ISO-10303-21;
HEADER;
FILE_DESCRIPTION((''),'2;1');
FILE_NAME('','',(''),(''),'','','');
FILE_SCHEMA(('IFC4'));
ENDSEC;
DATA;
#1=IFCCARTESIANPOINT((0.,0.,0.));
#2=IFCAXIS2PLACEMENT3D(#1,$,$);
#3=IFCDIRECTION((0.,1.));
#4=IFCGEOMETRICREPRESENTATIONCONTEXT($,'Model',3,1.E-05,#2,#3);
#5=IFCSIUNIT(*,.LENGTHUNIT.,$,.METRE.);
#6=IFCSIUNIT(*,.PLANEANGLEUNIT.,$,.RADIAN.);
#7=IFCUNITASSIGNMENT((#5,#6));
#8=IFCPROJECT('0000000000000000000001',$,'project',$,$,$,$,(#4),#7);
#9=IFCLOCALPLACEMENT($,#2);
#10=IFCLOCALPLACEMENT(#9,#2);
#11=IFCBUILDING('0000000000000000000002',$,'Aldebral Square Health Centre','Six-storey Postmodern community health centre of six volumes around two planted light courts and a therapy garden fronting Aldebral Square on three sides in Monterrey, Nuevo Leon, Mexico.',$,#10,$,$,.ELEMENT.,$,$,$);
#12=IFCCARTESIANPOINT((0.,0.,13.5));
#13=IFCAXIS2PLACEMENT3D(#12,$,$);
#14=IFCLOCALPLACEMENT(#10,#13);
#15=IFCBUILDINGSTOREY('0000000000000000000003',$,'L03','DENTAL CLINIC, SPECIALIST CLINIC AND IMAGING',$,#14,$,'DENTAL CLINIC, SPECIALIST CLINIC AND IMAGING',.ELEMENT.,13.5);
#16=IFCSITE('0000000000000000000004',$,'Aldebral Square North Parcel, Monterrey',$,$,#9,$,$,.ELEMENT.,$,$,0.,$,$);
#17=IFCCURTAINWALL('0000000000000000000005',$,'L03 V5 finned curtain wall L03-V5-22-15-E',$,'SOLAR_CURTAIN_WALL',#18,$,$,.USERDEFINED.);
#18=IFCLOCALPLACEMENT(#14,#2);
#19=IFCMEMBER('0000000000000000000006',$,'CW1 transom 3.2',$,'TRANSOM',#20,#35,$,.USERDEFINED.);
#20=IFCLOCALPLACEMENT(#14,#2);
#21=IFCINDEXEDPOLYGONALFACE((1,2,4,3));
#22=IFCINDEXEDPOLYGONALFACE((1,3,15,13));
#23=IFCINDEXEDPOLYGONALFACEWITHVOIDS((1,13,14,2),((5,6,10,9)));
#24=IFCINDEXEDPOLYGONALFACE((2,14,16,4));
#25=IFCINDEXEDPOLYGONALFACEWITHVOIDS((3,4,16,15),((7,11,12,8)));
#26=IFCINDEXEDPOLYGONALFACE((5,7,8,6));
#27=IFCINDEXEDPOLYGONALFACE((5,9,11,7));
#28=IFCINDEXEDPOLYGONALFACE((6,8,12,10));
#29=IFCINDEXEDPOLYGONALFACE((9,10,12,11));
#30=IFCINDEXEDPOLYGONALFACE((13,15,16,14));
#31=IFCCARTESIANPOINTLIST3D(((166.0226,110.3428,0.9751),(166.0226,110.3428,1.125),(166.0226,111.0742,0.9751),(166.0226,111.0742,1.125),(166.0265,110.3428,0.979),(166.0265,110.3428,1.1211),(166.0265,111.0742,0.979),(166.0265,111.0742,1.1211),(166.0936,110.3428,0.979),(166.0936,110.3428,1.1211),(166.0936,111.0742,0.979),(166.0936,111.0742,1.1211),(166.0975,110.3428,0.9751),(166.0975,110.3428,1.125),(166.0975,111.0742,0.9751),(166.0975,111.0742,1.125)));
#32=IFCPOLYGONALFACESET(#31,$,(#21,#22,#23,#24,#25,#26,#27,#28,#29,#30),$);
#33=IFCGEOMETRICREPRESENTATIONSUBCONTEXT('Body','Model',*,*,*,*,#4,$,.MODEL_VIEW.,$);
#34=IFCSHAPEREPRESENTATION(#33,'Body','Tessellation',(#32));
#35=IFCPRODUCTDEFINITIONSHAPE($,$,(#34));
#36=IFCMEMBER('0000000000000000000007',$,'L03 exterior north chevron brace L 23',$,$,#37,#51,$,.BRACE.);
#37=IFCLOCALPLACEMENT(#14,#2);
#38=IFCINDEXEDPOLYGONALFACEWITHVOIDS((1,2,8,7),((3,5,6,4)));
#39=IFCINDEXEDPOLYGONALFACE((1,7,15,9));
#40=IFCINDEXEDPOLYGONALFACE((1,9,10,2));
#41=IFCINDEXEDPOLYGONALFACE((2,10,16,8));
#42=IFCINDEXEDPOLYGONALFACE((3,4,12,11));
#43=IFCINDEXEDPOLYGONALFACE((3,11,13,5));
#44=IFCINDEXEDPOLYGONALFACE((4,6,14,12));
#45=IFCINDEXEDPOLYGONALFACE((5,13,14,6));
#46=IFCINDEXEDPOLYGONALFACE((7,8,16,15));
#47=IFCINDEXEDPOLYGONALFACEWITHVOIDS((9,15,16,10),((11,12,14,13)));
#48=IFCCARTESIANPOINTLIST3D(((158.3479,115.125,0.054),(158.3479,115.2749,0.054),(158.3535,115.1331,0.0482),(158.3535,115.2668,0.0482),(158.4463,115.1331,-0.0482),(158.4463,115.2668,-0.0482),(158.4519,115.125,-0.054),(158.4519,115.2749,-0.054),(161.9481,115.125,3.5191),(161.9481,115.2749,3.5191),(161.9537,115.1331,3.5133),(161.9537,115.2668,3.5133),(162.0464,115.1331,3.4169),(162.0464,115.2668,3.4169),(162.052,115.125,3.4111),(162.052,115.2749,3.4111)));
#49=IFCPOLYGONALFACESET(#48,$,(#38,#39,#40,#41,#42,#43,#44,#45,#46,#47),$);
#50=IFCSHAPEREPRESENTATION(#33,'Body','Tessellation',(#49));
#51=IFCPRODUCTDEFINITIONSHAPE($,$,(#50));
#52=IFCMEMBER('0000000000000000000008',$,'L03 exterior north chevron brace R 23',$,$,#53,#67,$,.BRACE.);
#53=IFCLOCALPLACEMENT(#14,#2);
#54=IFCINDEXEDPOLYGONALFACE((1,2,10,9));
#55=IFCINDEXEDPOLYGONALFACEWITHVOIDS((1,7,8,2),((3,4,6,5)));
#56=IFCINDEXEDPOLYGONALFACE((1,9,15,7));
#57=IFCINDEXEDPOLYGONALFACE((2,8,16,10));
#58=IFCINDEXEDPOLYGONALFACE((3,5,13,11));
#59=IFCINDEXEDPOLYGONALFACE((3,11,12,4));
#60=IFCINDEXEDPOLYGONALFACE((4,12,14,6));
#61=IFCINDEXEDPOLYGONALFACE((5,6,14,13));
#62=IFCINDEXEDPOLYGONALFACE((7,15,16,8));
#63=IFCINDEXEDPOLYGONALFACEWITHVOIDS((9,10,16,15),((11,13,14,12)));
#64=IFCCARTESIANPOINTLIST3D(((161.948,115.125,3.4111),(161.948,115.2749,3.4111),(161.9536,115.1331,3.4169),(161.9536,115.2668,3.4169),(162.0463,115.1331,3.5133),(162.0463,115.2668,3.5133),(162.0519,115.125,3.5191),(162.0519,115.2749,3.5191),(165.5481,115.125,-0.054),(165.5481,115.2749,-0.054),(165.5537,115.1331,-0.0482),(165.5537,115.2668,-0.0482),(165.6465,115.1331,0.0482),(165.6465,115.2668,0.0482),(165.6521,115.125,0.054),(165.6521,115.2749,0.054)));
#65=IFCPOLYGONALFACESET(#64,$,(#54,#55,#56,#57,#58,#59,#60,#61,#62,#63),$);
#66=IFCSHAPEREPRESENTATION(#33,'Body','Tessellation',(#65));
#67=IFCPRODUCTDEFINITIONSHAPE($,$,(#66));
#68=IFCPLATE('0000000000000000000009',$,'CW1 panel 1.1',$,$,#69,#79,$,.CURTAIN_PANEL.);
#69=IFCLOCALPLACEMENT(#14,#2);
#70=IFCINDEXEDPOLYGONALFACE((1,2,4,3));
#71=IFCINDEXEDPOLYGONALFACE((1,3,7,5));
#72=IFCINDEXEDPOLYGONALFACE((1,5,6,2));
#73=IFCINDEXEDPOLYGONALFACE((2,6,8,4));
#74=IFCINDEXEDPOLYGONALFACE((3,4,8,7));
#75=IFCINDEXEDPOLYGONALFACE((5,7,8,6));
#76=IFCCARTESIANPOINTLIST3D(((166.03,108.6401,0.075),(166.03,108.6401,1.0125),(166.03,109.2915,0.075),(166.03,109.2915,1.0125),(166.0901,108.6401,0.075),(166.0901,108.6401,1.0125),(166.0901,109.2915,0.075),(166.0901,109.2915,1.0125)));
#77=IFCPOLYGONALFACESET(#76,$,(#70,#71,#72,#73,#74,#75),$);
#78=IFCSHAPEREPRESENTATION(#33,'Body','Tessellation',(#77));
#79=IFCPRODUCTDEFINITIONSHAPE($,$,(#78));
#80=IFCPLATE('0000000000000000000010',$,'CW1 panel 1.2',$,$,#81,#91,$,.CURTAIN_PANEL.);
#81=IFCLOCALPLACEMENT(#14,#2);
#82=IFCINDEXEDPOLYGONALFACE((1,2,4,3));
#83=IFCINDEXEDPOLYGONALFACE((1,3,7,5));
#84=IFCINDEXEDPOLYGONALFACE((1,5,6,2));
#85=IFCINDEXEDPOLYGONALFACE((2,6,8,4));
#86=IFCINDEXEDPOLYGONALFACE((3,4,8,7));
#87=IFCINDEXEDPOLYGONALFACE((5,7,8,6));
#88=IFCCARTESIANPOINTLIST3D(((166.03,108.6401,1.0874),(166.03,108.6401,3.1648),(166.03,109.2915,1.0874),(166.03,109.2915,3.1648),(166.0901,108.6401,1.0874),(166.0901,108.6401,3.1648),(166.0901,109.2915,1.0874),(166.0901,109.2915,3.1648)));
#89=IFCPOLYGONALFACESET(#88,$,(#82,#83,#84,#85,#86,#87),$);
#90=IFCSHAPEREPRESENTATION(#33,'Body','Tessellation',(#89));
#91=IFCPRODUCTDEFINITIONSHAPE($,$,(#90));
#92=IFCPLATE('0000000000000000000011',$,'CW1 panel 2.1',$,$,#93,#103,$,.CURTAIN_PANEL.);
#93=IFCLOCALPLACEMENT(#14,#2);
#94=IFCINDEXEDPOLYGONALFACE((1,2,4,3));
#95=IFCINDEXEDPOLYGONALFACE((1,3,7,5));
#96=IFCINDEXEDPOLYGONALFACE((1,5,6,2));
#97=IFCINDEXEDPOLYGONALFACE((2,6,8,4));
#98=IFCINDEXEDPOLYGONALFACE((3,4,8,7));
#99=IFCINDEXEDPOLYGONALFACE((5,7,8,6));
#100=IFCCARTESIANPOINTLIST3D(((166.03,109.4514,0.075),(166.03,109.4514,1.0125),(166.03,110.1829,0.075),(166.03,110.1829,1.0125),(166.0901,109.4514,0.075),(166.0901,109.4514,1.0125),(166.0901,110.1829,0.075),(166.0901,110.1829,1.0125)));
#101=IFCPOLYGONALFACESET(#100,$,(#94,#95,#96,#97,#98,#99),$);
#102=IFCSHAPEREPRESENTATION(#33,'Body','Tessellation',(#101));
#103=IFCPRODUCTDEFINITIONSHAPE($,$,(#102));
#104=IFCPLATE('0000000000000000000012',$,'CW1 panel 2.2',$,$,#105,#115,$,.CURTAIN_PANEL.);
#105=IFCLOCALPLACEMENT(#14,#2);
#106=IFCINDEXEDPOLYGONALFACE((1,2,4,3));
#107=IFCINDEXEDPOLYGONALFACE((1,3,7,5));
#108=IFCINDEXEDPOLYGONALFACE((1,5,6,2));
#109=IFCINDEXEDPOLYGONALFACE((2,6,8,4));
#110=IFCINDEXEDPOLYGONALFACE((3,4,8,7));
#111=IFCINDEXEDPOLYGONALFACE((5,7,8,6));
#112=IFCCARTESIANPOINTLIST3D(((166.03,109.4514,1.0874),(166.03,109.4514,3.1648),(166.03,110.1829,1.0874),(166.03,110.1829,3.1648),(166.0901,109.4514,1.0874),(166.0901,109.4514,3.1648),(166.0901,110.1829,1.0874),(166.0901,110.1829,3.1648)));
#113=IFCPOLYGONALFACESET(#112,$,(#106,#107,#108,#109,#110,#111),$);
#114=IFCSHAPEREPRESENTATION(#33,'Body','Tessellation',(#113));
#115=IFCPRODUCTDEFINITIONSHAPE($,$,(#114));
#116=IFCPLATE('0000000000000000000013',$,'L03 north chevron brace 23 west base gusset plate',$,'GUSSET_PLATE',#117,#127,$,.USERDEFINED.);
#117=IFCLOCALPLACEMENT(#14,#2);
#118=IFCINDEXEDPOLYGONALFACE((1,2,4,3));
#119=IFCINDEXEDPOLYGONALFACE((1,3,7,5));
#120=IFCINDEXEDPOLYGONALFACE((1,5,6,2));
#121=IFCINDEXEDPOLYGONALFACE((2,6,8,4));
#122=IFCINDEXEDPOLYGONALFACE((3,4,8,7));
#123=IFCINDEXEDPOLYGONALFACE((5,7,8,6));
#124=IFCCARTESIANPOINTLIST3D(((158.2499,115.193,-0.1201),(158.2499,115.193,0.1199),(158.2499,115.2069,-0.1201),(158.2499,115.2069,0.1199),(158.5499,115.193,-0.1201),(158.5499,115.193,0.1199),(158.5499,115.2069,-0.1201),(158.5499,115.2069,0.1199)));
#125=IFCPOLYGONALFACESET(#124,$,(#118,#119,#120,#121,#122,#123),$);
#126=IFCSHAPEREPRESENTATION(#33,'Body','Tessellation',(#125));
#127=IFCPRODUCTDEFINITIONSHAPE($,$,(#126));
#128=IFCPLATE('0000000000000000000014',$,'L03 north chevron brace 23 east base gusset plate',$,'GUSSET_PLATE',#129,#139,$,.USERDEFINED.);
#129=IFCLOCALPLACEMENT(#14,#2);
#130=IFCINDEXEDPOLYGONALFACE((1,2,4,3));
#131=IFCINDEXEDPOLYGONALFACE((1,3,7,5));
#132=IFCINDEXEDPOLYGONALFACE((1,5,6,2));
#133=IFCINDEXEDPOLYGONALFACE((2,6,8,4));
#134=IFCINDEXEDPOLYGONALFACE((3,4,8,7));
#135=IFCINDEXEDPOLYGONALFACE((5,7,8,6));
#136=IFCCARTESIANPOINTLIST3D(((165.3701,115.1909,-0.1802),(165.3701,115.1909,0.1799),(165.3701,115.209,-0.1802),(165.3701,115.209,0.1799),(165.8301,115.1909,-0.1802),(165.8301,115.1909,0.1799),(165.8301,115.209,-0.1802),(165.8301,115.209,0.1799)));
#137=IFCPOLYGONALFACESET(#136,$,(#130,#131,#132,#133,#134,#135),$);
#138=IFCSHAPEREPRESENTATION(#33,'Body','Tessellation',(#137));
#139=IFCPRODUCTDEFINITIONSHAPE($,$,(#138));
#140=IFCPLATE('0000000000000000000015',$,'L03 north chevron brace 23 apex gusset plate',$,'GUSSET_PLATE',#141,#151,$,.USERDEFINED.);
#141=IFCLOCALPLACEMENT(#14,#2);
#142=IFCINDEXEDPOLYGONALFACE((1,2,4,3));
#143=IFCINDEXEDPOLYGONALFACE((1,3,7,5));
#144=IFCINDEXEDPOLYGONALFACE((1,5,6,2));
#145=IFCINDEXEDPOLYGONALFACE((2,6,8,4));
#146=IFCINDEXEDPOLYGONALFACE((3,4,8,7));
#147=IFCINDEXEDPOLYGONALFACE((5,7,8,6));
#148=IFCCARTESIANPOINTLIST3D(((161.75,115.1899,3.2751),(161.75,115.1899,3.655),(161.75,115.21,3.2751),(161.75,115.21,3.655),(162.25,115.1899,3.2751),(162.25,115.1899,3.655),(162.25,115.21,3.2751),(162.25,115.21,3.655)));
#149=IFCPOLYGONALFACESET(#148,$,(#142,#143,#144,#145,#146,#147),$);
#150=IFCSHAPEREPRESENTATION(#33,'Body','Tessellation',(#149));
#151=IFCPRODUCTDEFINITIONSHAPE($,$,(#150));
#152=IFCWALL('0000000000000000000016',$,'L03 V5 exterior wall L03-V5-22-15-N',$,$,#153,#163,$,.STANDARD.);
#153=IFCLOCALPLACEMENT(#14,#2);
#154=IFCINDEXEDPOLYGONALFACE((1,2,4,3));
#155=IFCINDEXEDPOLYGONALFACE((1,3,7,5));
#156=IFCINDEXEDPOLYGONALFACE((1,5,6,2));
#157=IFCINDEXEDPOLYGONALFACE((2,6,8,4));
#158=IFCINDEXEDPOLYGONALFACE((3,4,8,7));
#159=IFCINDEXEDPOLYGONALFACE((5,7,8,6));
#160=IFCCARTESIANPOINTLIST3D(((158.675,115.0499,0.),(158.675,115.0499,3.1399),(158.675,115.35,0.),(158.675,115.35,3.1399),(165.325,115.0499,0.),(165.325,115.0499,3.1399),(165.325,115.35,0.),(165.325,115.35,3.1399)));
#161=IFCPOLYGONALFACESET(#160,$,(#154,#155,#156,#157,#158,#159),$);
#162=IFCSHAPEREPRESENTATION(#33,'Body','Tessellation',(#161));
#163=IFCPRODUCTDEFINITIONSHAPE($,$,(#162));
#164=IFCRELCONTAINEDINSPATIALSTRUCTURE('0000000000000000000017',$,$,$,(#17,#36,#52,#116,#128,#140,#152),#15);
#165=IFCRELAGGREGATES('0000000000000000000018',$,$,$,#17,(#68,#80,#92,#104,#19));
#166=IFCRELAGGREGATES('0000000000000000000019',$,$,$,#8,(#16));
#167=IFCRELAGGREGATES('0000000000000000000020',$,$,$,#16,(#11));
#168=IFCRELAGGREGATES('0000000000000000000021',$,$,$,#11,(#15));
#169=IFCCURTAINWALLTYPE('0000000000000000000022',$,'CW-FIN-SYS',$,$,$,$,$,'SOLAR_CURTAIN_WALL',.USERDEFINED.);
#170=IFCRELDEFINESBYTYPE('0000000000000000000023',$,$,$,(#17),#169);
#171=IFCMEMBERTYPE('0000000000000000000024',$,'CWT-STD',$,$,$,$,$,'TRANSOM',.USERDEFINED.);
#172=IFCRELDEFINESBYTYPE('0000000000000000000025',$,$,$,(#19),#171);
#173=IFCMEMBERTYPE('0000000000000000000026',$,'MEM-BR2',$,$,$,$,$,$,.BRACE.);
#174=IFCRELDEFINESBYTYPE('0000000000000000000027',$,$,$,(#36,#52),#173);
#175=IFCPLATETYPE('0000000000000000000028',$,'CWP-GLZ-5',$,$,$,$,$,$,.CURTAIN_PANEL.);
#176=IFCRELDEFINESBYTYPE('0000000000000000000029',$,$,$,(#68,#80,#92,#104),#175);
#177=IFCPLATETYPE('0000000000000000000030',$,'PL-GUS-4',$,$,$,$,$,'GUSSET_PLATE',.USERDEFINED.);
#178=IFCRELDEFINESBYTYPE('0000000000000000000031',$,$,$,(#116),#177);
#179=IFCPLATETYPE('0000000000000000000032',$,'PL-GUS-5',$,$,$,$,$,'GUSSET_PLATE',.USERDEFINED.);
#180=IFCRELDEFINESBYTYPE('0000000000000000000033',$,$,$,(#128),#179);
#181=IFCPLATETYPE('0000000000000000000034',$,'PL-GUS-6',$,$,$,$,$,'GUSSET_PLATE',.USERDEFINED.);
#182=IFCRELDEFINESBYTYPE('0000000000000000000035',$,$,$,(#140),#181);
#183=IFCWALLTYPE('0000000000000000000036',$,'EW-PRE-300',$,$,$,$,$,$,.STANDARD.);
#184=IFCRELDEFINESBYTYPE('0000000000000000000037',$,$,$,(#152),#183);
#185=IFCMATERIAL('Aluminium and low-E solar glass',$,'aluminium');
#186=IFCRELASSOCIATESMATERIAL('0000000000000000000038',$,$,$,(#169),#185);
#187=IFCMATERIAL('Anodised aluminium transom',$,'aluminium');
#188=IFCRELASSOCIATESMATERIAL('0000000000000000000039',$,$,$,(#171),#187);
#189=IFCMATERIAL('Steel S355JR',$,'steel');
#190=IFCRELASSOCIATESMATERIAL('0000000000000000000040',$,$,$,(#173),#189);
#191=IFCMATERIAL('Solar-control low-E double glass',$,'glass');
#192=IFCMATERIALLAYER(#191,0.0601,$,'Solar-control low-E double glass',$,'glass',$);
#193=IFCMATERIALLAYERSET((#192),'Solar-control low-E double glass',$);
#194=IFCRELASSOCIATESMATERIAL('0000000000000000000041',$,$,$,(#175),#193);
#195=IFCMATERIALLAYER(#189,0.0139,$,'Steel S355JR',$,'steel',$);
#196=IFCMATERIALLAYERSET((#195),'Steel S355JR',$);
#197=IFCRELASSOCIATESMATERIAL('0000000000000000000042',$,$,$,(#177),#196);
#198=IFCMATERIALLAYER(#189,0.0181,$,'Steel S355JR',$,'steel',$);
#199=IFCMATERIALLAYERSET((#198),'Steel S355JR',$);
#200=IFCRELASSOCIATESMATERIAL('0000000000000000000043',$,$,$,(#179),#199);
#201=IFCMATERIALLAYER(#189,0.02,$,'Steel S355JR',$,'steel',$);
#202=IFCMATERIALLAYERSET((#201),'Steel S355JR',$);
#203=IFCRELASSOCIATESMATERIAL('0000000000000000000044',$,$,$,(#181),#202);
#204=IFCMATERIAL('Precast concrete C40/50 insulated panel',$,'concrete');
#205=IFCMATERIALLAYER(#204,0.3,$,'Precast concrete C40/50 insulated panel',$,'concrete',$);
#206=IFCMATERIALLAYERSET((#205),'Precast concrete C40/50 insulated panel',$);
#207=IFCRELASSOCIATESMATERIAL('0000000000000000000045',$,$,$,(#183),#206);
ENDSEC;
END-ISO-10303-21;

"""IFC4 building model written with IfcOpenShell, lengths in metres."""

from ifc_helpers import new_model, si_unit, direction, frame, frame_2d, origin, origin_2d, place, context, subcontext, project, spatial, rectangle, hollow_rectangle, extrude, material, layer, layer_set, material_profile, profile_set, type_object, element, aggregate, save


model = new_model("IFC4")

# Units and contexts
model_context = context("Model", 3, precision=1e-05, world=origin(), true_north=direction((0.0, 1.0)))
body_context = subcontext(model_context, "Body", "Model", "MODEL_VIEW")
ifc_project = project(units=[si_unit("LENGTHUNIT", "METRE"), si_unit("PLANEANGLEUNIT", "RADIAN")], contexts=[model_context])

# Site, building, storey
site_placement = place(None, origin())
site = spatial("IfcSite", under=ifc_project, at=site_placement, Name="Aldebral Square North Parcel, Monterrey", CompositionType="ELEMENT", RefElevation=0.0)
building_placement = place(site_placement, origin())
building = spatial("IfcBuilding", under=site, at=building_placement, Name="Aldebral Square Health Centre", Description="Six-storey Postmodern community health centre of six volumes around two planted light courts and a therapy garden fronting Aldebral Square on three sides in Monterrey, Nuevo Leon, Mexico.", CompositionType="ELEMENT")
storey_placement = place(building_placement, frame((0.0, 0.0, 13.5)))
storey = spatial("IfcBuildingStorey", under=building, at=storey_placement, Name="L03", Description="DENTAL CLINIC, SPECIALIST CLINIC AND IMAGING", LongName="DENTAL CLINIC, SPECIALIST CLINIC AND IMAGING", CompositionType="ELEMENT", Elevation=13.5)

# Curtain wall, member
ifc_material_1 = material(Name="Aluminium and low-E solar glass", Category="aluminium")
curtain_wall_type = type_object("IfcCurtainWallType", Name="CW-FIN-SYS", ElementType="SOLAR_CURTAIN_WALL", PredefinedType="USERDEFINED", material=ifc_material_1)
curtain_wall_placement = place(storey_placement, origin())
curtain_wall = element("IfcCurtainWall", 1, at=curtain_wall_placement, inside=storey, type_object=curtain_wall_type, Name="L03 V5 finned curtain wall L03-V5-22-15-E", ObjectType="SOLAR_CURTAIN_WALL", PredefinedType="USERDEFINED")
ifc_material_2 = material(Name="Anodised aluminium transom", Category="aluminium")
ifc_material_profile_1 = material_profile(ifc_material_2, hollow_rectangle(XDim=0.075, YDim=0.1499, WallThickness=0.0039, at=origin_2d()), Name="CWT 75x150x4")
ifc_profile_set_1 = profile_set([ifc_material_profile_1], Name="Anodised aluminium transom")
member_type_1 = type_object("IfcMemberType", Name="CWT-STD", ElementType="TRANSOM", PredefinedType="USERDEFINED", material=ifc_profile_set_1)
member_1_placement = place(storey_placement, frame((166.0601, 110.3428, 1.05), z_axis=(0.0, 1.0, 0.0), x_axis=(-1.0, 0.0, 0.0)))
member_1 = element("IfcMember", 2, at=member_1_placement, type_object=member_type_1, Name="CW1 transom 3.2", ObjectType="TRANSOM", PredefinedType="USERDEFINED", context=body_context, shape_type="SweptSolid", body=[
    extrude(hollow_rectangle(XDim=0.075, YDim=0.1499, WallThickness=0.0039, at=origin_2d()), origin(), (0.0, 0.0, 1.0), 0.7314),
])

# Members
ifc_material_3 = material(Name="Steel S355JR", Category="steel")
ifc_material_profile_2 = material_profile(ifc_material_3, hollow_rectangle(XDim=0.1499, YDim=0.1499, WallThickness=0.0081, at=origin_2d()), Name="150x150x8 SHS")
ifc_profile_set_2 = profile_set([ifc_material_profile_2], Name="Steel S355JR")
member_type_2 = type_object("IfcMemberType", Name="MEM-BR2", PredefinedType="BRACE", material=ifc_profile_set_2)
for number, where, z_axis, x_axis, name in (
    (3, (158.3999, 115.2, 0.0), (0.720487, 0.0, 0.693468), (0.0, 1.0, 0.0), "L03 exterior north chevron brace L 23"),
    (4, (165.6001, 115.2, 0.0), (-0.720487, 0.0, 0.693468), (0.0, -1.0, 0.0), "L03 exterior north chevron brace R 23"),
):
    element("IfcMember", number, at=place(storey_placement, frame(where, z_axis=z_axis, x_axis=x_axis)), inside=storey, type_object=member_type_2, Name=name, PredefinedType="BRACE", context=body_context, shape_type="SweptSolid", body=[
        extrude(hollow_rectangle(XDim=0.1499, YDim=0.1499, WallThickness=0.0081, at=origin_2d()), origin(), (0.0, 0.0, 1.0), 4.9968),
    ])

# Plates
ifc_material_4 = material(Name="Solar-control low-E double glass", Category="glass")
ifc_layer_1 = layer(ifc_material_4, 0.0601, Name="Solar-control low-E double glass", Category="glass")
ifc_layer_set_1 = layer_set([ifc_layer_1], Name="Solar-control low-E double glass")
plate_type_1 = type_object("IfcPlateType", Name="CWP-GLZ-5", PredefinedType="CURTAIN_PANEL", material=ifc_layer_set_1)
plate_1_placement = place(storey_placement, frame((166.0601, 108.9658, 0.075), z_axis=(0.0, 0.0, 1.0), x_axis=(0.0, 1.0, 0.0)))
plate_1 = element("IfcPlate", 5, at=plate_1_placement, type_object=plate_type_1, Name="CW1 panel 1.1", PredefinedType="CURTAIN_PANEL", context=body_context, shape_type="SweptSolid", body=[
    extrude(rectangle(XDim=0.6514, YDim=0.0601, at=origin_2d()), origin(), (0.0, 0.0, 1.0), 0.9375),
])
plate_2_placement = place(storey_placement, frame((166.0601, 108.9658, 1.0874), z_axis=(0.0, 0.0, 1.0), x_axis=(0.0, 1.0, 0.0)))
plate_2 = element("IfcPlate", 6, at=plate_2_placement, type_object=plate_type_1, Name="CW1 panel 1.2", PredefinedType="CURTAIN_PANEL", context=body_context, shape_type="SweptSolid", body=[
    extrude(rectangle(XDim=0.6514, YDim=0.0601, at=origin_2d()), origin(), (0.0, 0.0, 1.0), 2.0774),
])
plate_3_placement = place(storey_placement, frame((166.0601, 109.8171, 0.075), z_axis=(0.0, 0.0, 1.0), x_axis=(0.0, 1.0, 0.0)))
plate_3 = element("IfcPlate", 7, at=plate_3_placement, type_object=plate_type_1, Name="CW1 panel 2.1", PredefinedType="CURTAIN_PANEL", context=body_context, shape_type="SweptSolid", body=[
    extrude(rectangle(XDim=0.7314, YDim=0.0601, at=origin_2d()), origin(), (0.0, 0.0, 1.0), 0.9375),
])
plate_4_placement = place(storey_placement, frame((166.0601, 109.8171, 1.0874), z_axis=(0.0, 0.0, 1.0), x_axis=(0.0, 1.0, 0.0)))
plate_4 = element("IfcPlate", 8, at=plate_4_placement, type_object=plate_type_1, Name="CW1 panel 2.2", PredefinedType="CURTAIN_PANEL", context=body_context, shape_type="SweptSolid", body=[
    extrude(rectangle(XDim=0.7314, YDim=0.0601, at=origin_2d()), origin(), (0.0, 0.0, 1.0), 2.0774),
])
aggregate(curtain_wall, [plate_1, plate_2, plate_3, plate_4, member_1])

# Plates
ifc_layer_2 = layer(ifc_material_3, 0.0139, Name="Steel S355JR", Category="steel")
ifc_layer_set_2 = layer_set([ifc_layer_2], Name="Steel S355JR")
plate_type_2 = type_object("IfcPlateType", Name="PL-GUS-4", ElementType="GUSSET_PLATE", PredefinedType="USERDEFINED", material=ifc_layer_set_2)
plate_5_placement = place(storey_placement, frame((158.3999, 115.2, -0.1201), z_axis=(0.0, 0.0, 1.0), x_axis=(1.0, 0.0, 0.0)))
element("IfcPlate", 9, at=plate_5_placement, inside=storey, type_object=plate_type_2, Name="L03 north chevron brace 23 west base gusset plate", ObjectType="GUSSET_PLATE", PredefinedType="USERDEFINED", context=body_context, shape_type="SweptSolid", body=[
    extrude(rectangle(XDim=0.3, YDim=0.0139, at=origin_2d()), origin(), (0.0, 0.0, 1.0), 0.24),
])
ifc_layer_3 = layer(ifc_material_3, 0.0181, Name="Steel S355JR", Category="steel")
ifc_layer_set_3 = layer_set([ifc_layer_3], Name="Steel S355JR")
plate_type_3 = type_object("IfcPlateType", Name="PL-GUS-5", ElementType="GUSSET_PLATE", PredefinedType="USERDEFINED", material=ifc_layer_set_3)
plate_6_placement = place(storey_placement, frame((165.6001, 115.2, -0.1802), z_axis=(0.0, 0.0, 1.0), x_axis=(1.0, 0.0, 0.0)))
element("IfcPlate", 10, at=plate_6_placement, inside=storey, type_object=plate_type_3, Name="L03 north chevron brace 23 east base gusset plate", ObjectType="GUSSET_PLATE", PredefinedType="USERDEFINED", context=body_context, shape_type="SweptSolid", body=[
    extrude(rectangle(XDim=0.46, YDim=0.0181, at=origin_2d()), origin(), (0.0, 0.0, 1.0), 0.3601),
])
ifc_layer_4 = layer(ifc_material_3, 0.02, Name="Steel S355JR", Category="steel")
ifc_layer_set_4 = layer_set([ifc_layer_4], Name="Steel S355JR")
plate_type_4 = type_object("IfcPlateType", Name="PL-GUS-6", ElementType="GUSSET_PLATE", PredefinedType="USERDEFINED", material=ifc_layer_set_4)
plate_7_placement = place(storey_placement, frame((162.0, 115.2, 3.2751), z_axis=(0.0, 0.0, 1.0), x_axis=(1.0, 0.0, 0.0)))
element("IfcPlate", 11, at=plate_7_placement, inside=storey, type_object=plate_type_4, Name="L03 north chevron brace 23 apex gusset plate", ObjectType="GUSSET_PLATE", PredefinedType="USERDEFINED", context=body_context, shape_type="SweptSolid", body=[
    extrude(rectangle(XDim=0.5, YDim=0.02, at=origin_2d()), origin(), (0.0, 0.0, 1.0), 0.3799),
])

# Wall
ifc_material_5 = material(Name="Precast concrete C40/50 insulated panel", Category="concrete")
ifc_layer_5 = layer(ifc_material_5, 0.3, Name="Precast concrete C40/50 insulated panel", Category="concrete")
ifc_layer_set_5 = layer_set([ifc_layer_5], Name="Precast concrete C40/50 insulated panel")
wall_type_1 = type_object("IfcWallType", Name="EW-PRE-300", PredefinedType="STANDARD", material=ifc_layer_set_5)
wall_1_placement = place(storey_placement, frame((165.325, 115.2, 0.0), z_axis=(0.0, 0.0, 1.0), x_axis=(-1.0, 0.0, 0.0)))
element("IfcWall", 12, at=wall_1_placement, inside=storey, type_object=wall_type_1, Name="L03 V5 exterior wall L03-V5-22-15-N", PredefinedType="STANDARD", context=body_context, shape_type="SweptSolid", body=[
    extrude(rectangle(XDim=6.6499, YDim=0.3, at=frame_2d((3.325, 0.0))), origin(), (0.0, 0.0, 1.0), 3.1399),
])

save(model, "model.ifc")
